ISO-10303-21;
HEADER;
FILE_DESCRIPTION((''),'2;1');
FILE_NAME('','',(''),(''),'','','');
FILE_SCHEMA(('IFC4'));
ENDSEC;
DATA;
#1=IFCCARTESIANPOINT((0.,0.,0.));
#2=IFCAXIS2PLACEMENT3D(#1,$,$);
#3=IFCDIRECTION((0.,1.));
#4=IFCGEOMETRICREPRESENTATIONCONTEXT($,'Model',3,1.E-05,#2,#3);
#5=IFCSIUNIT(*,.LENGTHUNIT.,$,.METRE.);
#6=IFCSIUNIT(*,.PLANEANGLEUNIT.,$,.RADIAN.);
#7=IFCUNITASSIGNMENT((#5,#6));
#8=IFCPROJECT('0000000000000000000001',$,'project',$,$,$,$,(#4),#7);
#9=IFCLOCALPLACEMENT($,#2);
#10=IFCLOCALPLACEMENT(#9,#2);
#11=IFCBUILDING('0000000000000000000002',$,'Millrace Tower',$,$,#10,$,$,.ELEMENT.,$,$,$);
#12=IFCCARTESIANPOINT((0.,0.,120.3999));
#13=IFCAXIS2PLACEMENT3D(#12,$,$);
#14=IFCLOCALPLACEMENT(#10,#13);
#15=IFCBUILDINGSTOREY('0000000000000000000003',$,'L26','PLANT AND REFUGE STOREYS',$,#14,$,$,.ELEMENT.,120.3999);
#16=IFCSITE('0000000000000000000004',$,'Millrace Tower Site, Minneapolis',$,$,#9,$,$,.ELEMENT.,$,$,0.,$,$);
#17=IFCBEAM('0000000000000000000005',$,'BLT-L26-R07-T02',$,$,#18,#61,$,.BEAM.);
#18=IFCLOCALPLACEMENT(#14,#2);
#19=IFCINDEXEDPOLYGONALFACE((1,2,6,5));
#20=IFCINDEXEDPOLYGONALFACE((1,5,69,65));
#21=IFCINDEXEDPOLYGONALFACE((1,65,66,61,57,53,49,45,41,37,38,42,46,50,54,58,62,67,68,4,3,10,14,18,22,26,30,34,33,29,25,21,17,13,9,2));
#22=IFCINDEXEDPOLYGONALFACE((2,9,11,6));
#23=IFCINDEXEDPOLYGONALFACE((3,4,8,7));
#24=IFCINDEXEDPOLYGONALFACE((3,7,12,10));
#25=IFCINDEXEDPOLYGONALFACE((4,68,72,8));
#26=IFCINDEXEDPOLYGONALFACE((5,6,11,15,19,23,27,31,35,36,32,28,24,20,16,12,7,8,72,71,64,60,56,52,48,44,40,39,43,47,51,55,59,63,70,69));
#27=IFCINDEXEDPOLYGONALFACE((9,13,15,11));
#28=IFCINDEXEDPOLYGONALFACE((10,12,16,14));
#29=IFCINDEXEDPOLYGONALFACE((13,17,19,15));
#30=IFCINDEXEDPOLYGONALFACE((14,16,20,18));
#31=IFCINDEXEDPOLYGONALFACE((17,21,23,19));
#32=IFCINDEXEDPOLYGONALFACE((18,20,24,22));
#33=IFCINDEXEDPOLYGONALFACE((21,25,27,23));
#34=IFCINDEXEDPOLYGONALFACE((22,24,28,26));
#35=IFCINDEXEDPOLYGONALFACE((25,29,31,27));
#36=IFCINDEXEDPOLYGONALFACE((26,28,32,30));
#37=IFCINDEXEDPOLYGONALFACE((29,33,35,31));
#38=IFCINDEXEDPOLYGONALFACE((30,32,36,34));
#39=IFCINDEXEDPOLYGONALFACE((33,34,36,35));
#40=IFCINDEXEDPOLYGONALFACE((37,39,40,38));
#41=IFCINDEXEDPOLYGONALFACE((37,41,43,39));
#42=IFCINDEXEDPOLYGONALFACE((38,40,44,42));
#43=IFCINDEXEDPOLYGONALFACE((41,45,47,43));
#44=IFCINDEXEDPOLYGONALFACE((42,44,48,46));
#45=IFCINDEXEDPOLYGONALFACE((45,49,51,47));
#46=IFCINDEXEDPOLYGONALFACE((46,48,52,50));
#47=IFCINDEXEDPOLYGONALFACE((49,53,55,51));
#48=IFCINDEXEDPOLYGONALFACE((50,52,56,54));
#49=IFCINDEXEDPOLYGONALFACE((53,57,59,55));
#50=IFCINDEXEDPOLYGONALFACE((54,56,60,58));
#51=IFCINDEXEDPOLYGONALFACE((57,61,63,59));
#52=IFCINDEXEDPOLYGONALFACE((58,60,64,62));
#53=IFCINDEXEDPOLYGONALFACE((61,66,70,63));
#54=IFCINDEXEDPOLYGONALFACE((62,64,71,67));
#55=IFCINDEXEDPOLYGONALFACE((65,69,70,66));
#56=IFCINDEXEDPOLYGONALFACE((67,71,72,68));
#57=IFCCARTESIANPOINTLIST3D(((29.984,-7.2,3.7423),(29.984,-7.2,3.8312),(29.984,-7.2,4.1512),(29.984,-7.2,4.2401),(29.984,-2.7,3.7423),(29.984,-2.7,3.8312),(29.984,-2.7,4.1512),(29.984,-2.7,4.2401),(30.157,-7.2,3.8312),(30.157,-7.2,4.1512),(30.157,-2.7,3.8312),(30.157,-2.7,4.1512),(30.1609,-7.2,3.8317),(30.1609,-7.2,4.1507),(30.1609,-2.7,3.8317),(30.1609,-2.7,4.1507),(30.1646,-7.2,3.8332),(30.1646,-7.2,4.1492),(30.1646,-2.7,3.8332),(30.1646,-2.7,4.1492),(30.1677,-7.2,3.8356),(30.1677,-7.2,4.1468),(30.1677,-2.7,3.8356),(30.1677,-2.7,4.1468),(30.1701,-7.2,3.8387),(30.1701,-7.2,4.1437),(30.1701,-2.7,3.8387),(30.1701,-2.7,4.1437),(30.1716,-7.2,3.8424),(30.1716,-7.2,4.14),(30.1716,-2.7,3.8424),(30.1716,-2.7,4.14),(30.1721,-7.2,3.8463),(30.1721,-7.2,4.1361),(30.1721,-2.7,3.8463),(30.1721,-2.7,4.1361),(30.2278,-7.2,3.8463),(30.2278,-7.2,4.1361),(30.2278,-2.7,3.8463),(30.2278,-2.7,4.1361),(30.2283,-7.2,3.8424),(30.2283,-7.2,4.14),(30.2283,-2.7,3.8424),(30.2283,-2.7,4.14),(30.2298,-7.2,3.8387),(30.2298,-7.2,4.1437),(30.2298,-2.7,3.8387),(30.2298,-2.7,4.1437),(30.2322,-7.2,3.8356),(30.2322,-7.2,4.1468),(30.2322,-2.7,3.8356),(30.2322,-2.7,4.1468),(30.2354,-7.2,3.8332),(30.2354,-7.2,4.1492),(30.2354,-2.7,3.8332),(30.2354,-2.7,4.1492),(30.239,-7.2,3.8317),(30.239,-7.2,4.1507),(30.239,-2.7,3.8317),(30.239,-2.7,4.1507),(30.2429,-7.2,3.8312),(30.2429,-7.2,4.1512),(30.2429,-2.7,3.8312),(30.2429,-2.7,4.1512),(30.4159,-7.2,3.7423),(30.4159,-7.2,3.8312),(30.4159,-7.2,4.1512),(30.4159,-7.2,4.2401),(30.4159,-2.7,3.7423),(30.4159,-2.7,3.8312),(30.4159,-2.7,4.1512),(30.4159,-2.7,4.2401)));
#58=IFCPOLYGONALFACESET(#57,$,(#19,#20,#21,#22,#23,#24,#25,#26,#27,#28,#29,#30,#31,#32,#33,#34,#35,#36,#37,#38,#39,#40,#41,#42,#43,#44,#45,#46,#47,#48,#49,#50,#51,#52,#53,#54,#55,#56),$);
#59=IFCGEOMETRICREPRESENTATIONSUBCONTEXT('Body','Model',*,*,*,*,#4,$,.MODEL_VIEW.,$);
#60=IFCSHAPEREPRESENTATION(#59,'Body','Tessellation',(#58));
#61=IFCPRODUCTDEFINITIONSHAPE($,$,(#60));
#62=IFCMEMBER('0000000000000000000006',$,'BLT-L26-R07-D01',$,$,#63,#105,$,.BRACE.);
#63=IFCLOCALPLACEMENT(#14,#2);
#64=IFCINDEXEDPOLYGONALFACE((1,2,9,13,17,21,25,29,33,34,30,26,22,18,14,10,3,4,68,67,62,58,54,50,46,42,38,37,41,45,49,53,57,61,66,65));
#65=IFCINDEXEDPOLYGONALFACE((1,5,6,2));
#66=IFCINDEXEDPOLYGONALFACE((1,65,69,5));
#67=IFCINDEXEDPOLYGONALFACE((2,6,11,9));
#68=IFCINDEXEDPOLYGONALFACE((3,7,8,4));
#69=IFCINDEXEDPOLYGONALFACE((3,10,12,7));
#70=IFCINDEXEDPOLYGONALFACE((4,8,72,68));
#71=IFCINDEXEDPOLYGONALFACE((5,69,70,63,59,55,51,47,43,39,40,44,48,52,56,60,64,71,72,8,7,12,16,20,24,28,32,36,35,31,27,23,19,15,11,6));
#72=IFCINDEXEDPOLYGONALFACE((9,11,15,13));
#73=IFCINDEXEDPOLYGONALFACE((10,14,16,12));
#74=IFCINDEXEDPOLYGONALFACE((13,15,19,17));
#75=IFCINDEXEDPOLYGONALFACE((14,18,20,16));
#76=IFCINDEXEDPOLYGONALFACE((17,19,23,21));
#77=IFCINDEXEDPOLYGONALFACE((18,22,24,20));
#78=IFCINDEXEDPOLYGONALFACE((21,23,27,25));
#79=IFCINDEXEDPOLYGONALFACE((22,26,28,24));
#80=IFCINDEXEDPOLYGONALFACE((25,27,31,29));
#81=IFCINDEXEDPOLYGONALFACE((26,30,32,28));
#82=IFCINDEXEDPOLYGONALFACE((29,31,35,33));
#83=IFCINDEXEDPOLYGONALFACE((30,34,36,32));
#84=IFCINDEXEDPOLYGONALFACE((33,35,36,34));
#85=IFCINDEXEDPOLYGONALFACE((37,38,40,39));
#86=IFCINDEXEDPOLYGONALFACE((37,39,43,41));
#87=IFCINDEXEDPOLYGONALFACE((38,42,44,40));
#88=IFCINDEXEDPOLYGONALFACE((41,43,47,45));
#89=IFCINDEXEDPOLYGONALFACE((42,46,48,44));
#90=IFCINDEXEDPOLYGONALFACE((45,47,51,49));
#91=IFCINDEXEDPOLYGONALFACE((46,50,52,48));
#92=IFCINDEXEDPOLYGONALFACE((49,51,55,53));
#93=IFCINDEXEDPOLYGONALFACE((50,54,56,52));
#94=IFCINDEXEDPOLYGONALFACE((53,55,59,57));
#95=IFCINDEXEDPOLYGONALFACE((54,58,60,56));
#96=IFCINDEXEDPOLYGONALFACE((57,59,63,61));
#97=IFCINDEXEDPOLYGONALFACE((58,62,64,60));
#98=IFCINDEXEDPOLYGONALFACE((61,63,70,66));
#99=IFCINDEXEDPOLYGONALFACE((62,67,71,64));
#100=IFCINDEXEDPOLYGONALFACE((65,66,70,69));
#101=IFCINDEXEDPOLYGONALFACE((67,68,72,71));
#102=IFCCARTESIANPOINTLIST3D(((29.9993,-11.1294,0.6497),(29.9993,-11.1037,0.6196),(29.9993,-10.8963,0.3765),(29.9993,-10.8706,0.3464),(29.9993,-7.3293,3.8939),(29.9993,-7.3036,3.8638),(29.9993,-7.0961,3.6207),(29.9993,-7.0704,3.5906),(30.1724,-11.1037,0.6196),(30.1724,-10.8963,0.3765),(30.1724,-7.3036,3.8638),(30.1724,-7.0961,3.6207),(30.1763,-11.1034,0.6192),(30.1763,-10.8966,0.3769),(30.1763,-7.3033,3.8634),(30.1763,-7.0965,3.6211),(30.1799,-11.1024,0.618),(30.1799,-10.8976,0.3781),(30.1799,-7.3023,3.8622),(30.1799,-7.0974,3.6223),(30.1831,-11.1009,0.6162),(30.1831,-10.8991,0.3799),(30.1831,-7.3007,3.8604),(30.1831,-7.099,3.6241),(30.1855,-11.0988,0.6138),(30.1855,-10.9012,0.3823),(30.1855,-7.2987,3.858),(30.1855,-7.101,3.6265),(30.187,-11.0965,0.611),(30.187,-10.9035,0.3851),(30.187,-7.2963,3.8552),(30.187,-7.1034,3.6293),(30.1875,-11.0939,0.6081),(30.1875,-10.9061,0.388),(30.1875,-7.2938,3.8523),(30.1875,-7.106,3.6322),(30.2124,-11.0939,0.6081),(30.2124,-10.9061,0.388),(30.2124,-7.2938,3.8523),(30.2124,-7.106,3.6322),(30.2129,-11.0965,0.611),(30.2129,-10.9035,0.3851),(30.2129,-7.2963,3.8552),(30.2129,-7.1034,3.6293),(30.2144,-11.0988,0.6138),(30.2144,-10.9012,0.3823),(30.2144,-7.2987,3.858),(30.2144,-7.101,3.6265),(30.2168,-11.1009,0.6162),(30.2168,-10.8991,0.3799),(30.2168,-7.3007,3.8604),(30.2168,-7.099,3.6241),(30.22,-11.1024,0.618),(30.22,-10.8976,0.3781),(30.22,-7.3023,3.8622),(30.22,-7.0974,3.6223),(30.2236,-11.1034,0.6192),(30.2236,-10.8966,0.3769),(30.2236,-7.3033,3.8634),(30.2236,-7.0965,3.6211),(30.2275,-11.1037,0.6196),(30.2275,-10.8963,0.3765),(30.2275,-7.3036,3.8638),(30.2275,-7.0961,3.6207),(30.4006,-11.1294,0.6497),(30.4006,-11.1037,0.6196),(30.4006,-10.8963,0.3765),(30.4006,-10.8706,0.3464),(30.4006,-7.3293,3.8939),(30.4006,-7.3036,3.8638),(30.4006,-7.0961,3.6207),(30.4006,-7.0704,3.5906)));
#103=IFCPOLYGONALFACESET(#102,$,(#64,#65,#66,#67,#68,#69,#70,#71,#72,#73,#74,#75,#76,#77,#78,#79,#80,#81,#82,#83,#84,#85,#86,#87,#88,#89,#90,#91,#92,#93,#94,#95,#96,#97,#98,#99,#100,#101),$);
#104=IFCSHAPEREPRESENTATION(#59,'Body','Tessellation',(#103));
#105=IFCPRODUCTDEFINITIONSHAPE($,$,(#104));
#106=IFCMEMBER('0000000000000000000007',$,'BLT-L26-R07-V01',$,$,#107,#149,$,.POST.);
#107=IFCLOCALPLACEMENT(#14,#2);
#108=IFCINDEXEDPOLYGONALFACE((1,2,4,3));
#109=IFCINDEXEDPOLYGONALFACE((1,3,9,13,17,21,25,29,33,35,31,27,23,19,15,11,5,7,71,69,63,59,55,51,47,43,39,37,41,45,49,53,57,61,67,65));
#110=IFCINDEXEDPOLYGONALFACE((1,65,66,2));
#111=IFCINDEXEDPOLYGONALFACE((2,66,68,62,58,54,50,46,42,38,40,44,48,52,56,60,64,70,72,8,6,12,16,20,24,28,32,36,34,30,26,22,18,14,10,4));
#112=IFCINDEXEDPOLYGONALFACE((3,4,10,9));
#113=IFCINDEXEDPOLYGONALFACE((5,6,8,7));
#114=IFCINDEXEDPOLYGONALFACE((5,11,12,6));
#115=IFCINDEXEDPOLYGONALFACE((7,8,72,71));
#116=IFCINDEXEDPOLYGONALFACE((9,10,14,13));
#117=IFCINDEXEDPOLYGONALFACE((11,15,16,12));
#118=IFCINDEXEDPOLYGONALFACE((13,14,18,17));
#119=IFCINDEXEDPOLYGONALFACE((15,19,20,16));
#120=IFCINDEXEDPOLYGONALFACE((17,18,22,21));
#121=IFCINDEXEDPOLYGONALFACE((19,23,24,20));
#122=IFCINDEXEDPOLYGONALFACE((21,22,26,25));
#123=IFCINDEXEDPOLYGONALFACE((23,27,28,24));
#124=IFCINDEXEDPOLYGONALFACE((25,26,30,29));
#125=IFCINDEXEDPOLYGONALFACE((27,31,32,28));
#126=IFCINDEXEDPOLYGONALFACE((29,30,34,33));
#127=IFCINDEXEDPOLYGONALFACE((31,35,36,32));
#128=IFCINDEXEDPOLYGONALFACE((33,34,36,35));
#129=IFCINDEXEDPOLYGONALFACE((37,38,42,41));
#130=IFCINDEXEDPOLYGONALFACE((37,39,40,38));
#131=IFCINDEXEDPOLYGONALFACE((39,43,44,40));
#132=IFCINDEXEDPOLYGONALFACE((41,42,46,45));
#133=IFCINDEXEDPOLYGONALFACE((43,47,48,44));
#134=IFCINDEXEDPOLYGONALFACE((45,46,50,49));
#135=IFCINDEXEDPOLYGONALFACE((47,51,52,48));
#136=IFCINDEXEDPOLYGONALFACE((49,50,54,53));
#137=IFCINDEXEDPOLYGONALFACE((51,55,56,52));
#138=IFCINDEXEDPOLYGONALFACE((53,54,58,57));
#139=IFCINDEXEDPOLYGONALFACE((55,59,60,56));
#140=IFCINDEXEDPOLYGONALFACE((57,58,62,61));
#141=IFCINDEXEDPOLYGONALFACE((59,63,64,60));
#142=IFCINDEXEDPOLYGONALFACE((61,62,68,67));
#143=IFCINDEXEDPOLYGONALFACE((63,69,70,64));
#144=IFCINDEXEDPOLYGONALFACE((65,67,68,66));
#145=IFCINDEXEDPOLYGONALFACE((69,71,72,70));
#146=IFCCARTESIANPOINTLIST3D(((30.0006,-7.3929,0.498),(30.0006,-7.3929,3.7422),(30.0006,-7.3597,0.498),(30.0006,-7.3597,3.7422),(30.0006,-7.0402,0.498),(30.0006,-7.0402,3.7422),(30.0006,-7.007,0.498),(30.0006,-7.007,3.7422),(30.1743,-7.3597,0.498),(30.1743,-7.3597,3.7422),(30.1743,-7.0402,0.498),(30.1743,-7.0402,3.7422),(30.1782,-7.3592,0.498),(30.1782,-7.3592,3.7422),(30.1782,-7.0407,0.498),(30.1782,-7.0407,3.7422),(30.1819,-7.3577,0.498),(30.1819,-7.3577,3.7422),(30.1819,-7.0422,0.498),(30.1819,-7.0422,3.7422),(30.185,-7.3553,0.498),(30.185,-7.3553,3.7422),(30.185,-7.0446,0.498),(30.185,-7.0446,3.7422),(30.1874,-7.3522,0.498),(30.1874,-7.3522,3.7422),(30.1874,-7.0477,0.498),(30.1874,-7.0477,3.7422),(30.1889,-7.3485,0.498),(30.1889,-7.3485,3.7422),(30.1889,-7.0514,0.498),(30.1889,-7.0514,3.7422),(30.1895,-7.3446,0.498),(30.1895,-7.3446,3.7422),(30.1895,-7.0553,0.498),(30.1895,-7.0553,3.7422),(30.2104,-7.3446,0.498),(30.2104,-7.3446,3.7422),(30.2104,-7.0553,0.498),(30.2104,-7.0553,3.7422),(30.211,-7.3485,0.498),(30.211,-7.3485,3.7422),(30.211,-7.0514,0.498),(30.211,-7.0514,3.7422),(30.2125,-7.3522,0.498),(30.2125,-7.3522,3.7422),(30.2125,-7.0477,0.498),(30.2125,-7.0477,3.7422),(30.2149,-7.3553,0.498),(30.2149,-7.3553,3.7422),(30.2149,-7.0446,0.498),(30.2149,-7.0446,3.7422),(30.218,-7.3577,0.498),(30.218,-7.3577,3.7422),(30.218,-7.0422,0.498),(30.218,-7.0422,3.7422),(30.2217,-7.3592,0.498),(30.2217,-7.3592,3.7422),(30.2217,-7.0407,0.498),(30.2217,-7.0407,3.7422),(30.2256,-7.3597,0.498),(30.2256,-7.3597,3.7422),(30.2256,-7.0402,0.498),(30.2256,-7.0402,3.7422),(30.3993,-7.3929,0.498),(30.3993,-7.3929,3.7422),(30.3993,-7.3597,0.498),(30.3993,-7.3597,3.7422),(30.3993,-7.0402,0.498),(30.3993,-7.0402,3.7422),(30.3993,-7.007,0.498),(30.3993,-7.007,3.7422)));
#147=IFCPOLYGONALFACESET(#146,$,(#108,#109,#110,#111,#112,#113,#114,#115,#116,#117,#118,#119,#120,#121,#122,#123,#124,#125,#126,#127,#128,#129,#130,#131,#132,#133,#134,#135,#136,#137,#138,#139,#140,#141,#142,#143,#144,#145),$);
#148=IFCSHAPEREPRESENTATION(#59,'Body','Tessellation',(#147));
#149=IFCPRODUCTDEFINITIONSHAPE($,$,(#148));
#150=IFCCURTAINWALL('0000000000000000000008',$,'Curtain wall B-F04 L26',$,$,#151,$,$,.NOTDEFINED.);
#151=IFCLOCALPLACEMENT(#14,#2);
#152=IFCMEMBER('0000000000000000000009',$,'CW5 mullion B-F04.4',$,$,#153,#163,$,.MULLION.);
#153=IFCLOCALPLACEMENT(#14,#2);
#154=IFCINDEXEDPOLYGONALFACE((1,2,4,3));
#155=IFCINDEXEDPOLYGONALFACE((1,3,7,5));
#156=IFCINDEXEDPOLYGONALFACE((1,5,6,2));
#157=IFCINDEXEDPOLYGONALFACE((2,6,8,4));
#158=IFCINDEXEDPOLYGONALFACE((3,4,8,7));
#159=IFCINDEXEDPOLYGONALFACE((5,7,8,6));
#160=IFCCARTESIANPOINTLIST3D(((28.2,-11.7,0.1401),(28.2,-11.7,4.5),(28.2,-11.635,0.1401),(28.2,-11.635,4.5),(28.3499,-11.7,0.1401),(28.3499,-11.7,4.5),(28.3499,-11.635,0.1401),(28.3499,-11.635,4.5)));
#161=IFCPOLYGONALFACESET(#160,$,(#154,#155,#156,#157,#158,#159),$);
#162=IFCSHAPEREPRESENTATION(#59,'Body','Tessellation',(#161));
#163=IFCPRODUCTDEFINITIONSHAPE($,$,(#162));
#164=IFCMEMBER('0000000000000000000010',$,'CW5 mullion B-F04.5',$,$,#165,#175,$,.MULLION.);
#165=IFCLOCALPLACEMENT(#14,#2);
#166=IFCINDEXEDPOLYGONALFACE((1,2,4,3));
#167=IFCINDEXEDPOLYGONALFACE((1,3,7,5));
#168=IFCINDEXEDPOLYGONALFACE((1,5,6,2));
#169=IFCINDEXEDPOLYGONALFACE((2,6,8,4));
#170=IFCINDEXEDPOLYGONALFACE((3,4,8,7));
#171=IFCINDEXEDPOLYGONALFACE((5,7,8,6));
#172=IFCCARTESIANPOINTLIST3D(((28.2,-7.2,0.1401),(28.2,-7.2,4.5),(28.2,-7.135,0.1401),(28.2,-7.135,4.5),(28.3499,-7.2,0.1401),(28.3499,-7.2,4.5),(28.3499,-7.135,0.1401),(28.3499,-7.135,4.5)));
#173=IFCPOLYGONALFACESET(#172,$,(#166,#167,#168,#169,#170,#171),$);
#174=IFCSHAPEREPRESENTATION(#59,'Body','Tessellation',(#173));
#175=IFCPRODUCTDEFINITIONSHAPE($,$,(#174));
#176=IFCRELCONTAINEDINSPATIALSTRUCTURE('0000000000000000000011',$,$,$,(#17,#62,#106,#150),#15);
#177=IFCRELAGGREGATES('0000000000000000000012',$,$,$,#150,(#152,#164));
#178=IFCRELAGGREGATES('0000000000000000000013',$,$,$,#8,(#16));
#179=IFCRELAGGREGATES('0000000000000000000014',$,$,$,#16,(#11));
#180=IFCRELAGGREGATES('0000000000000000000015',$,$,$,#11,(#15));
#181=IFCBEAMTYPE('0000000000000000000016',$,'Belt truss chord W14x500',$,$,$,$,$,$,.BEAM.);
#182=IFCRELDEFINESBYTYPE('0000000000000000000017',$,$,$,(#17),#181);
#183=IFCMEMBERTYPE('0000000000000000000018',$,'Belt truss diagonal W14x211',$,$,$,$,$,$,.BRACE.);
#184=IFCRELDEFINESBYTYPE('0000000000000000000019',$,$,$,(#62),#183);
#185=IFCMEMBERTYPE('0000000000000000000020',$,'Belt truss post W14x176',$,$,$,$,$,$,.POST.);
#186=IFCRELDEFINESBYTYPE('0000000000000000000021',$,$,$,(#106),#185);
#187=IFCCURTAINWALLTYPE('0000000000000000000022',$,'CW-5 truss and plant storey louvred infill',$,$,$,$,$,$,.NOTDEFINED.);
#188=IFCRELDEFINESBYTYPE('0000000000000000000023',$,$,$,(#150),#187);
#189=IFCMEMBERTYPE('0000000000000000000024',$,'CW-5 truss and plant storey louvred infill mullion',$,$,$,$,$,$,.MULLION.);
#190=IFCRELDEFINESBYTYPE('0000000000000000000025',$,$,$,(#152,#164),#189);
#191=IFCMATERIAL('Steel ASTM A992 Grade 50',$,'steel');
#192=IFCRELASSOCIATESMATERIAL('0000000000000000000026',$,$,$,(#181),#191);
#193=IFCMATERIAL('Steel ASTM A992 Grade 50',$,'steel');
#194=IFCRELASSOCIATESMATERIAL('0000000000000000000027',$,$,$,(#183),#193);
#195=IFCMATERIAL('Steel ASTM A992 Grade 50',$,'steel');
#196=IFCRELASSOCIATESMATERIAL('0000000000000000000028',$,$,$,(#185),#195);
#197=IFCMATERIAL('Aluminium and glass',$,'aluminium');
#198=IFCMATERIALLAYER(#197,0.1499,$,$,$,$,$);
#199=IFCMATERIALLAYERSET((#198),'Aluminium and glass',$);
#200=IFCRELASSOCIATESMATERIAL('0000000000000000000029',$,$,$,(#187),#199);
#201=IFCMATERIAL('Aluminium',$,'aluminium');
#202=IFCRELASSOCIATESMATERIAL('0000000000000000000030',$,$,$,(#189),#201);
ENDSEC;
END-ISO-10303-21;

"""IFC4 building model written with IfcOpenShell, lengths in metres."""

from ifc_helpers import new_model, si_unit, direction, frame, origin, origin_2d, place, context, subcontext, project, spatial, rectangle, i_section, extrude, material, layer, layer_set, material_profile, profile_set, type_object, element, aggregate, save


model = new_model("IFC4")

# Units and contexts
model_context = context("Model", 3, precision=1e-05, world=origin(), true_north=direction((0.0, 1.0)))
body_context = subcontext(model_context, "Body", "Model", "MODEL_VIEW")
ifc_project = project(units=[si_unit("LENGTHUNIT", "METRE"), si_unit("PLANEANGLEUNIT", "RADIAN")], contexts=[model_context])

# Site, building, storey
site_placement = place(None, origin())
site = spatial("IfcSite", under=ifc_project, at=site_placement, Name="Millrace Tower Site, Minneapolis", CompositionType="ELEMENT", RefElevation=0.0)
building_placement = place(site_placement, origin())
building = spatial("IfcBuilding", under=site, at=building_placement, Name="Millrace Tower", CompositionType="ELEMENT")
storey_placement = place(building_placement, frame((0.0, 0.0, 120.3999)))
storey = spatial("IfcBuildingStorey", under=building, at=storey_placement, Name="L26", Description="PLANT AND REFUGE STOREYS", CompositionType="ELEMENT", Elevation=120.3999)

# Beam
ifc_material_1 = material(Name="Steel ASTM A992 Grade 50", Category="steel")
ifc_material_profile_1 = material_profile(ifc_material_1, i_section(OverallWidth=0.4319, OverallDepth=0.4978, WebThickness=0.0557, FlangeThickness=0.0889, FilletRadius=0.0151, at=origin_2d()))
ifc_profile_set_1 = profile_set([ifc_material_profile_1], Name="Steel ASTM A992 Grade 50")
beam_type_1 = type_object("IfcBeamType", Name="Belt truss chord W14x500", PredefinedType="BEAM", material=ifc_profile_set_1)
for number, where, z_axis, x_axis, name in (
    (1, (30.2, -7.2, 3.9912), (0.0, 1.0, 0.0), (-1.0, 0.0, 0.0), "BLT-L26-R07-T02"),
):
    element("IfcBeam", number, at=place(storey_placement, frame(where, z_axis=z_axis, x_axis=x_axis)), inside=storey, type_object=beam_type_1, Name=name, PredefinedType="BEAM", context=body_context, shape_type="SweptSolid", body=[
        extrude(i_section(OverallWidth=0.4319, OverallDepth=0.4978, WebThickness=0.0557, FlangeThickness=0.0889, FilletRadius=0.0151, at=origin_2d()), origin(), (0.0, 0.0, 1.0), 4.5),
    ])

# Members
ifc_material_2 = material(Name="Steel ASTM A992 Grade 50", Category="steel")
ifc_material_profile_2 = material_profile(ifc_material_2, i_section(OverallWidth=0.4014, OverallDepth=0.3987, WebThickness=0.0249, FlangeThickness=0.0396, FilletRadius=0.0151, at=origin_2d()))
ifc_profile_set_2 = profile_set([ifc_material_profile_2], Name="Steel ASTM A992 Grade 50")
member_type_1 = type_object("IfcMemberType", Name="Belt truss diagonal W14x211", PredefinedType="BRACE", material=ifc_profile_set_2)
member_1_placement = place(storey_placement, frame((30.2, -11.0, 0.498), z_axis=(0.0, 0.760545, 0.649285), x_axis=(-1.0, 0.0, 0.0)))
element("IfcMember", 2, at=member_1_placement, inside=storey, type_object=member_type_1, Name="BLT-L26-R07-D01", PredefinedType="BRACE", context=body_context, shape_type="SweptSolid", body=[
    extrude(i_section(OverallWidth=0.4014, OverallDepth=0.3987, WebThickness=0.0249, FlangeThickness=0.0396, FilletRadius=0.0151, at=origin_2d()), origin(), (0.0, 0.0, 1.0), 4.9966),
])
ifc_material_3 = material(Name="Steel ASTM A992 Grade 50", Category="steel")
ifc_material_profile_3 = material_profile(ifc_material_3, i_section(OverallWidth=0.3987, OverallDepth=0.386, WebThickness=0.021, FlangeThickness=0.0332, FilletRadius=0.0151, at=origin_2d()))
ifc_profile_set_3 = profile_set([ifc_material_profile_3], Name="Steel ASTM A992 Grade 50")
member_type_2 = type_object("IfcMemberType", Name="Belt truss post W14x176", PredefinedType="POST", material=ifc_profile_set_3)
member_2_placement = place(storey_placement, frame((30.2, -7.2, 0.498), z_axis=(0.0, 0.0, 1.0), x_axis=(1.0, 0.0, 0.0)))
element("IfcMember", 3, at=member_2_placement, inside=storey, type_object=member_type_2, Name="BLT-L26-R07-V01", PredefinedType="POST", context=body_context, shape_type="SweptSolid", body=[
    extrude(i_section(OverallWidth=0.3987, OverallDepth=0.386, WebThickness=0.021, FlangeThickness=0.0332, FilletRadius=0.0151, at=origin_2d()), origin(), (0.0, 0.0, 1.0), 3.2441),
])

# Curtain wall, members
ifc_material_4 = material(Name="Aluminium and glass", Category="aluminium")
ifc_layer_1 = layer(ifc_material_4, 0.1499)
ifc_layer_set_1 = layer_set([ifc_layer_1], Name="Aluminium and glass")
curtain_wall_type = type_object("IfcCurtainWallType", Name="CW-5 truss and plant storey louvred infill", PredefinedType="NOTDEFINED", material=ifc_layer_set_1)
curtain_wall_placement = place(storey_placement, origin())
curtain_wall = element("IfcCurtainWall", 4, at=curtain_wall_placement, inside=storey, type_object=curtain_wall_type, Name="Curtain wall B-F04 L26", PredefinedType="NOTDEFINED")
ifc_material_5 = material(Name="Aluminium", Category="aluminium")
ifc_material_profile_4 = material_profile(ifc_material_5, rectangle(XDim=0.0649, YDim=0.1499, at=origin_2d()))
ifc_profile_set_4 = profile_set([ifc_material_profile_4], Name="Aluminium")
member_type_3 = type_object("IfcMemberType", Name="CW-5 truss and plant storey louvred infill mullion", PredefinedType="MULLION", material=ifc_profile_set_4)
member_3_placement = place(storey_placement, frame((28.2749, -11.6675, 0.1401), z_axis=(0.0, 0.0, 1.0), x_axis=(0.0, 1.0, 0.0)))
member_3 = element("IfcMember", 5, at=member_3_placement, type_object=member_type_3, Name="CW5 mullion B-F04.4", PredefinedType="MULLION", context=body_context, shape_type="SweptSolid", body=[
    extrude(rectangle(XDim=0.0649, YDim=0.1499, at=origin_2d()), origin(), (0.0, 0.0, 1.0), 4.3599),
])
member_4_placement = place(storey_placement, frame((28.2749, -7.1675, 0.1401), z_axis=(0.0, 0.0, 1.0), x_axis=(0.0, 1.0, 0.0)))
member_4 = element("IfcMember", 6, at=member_4_placement, type_object=member_type_3, Name="CW5 mullion B-F04.5", PredefinedType="MULLION", context=body_context, shape_type="SweptSolid", body=[
    extrude(rectangle(XDim=0.0649, YDim=0.1499, at=origin_2d()), origin(), (0.0, 0.0, 1.0), 4.3599),
])
aggregate(curtain_wall, [member_3, member_4])

save(model, "model.ifc")
